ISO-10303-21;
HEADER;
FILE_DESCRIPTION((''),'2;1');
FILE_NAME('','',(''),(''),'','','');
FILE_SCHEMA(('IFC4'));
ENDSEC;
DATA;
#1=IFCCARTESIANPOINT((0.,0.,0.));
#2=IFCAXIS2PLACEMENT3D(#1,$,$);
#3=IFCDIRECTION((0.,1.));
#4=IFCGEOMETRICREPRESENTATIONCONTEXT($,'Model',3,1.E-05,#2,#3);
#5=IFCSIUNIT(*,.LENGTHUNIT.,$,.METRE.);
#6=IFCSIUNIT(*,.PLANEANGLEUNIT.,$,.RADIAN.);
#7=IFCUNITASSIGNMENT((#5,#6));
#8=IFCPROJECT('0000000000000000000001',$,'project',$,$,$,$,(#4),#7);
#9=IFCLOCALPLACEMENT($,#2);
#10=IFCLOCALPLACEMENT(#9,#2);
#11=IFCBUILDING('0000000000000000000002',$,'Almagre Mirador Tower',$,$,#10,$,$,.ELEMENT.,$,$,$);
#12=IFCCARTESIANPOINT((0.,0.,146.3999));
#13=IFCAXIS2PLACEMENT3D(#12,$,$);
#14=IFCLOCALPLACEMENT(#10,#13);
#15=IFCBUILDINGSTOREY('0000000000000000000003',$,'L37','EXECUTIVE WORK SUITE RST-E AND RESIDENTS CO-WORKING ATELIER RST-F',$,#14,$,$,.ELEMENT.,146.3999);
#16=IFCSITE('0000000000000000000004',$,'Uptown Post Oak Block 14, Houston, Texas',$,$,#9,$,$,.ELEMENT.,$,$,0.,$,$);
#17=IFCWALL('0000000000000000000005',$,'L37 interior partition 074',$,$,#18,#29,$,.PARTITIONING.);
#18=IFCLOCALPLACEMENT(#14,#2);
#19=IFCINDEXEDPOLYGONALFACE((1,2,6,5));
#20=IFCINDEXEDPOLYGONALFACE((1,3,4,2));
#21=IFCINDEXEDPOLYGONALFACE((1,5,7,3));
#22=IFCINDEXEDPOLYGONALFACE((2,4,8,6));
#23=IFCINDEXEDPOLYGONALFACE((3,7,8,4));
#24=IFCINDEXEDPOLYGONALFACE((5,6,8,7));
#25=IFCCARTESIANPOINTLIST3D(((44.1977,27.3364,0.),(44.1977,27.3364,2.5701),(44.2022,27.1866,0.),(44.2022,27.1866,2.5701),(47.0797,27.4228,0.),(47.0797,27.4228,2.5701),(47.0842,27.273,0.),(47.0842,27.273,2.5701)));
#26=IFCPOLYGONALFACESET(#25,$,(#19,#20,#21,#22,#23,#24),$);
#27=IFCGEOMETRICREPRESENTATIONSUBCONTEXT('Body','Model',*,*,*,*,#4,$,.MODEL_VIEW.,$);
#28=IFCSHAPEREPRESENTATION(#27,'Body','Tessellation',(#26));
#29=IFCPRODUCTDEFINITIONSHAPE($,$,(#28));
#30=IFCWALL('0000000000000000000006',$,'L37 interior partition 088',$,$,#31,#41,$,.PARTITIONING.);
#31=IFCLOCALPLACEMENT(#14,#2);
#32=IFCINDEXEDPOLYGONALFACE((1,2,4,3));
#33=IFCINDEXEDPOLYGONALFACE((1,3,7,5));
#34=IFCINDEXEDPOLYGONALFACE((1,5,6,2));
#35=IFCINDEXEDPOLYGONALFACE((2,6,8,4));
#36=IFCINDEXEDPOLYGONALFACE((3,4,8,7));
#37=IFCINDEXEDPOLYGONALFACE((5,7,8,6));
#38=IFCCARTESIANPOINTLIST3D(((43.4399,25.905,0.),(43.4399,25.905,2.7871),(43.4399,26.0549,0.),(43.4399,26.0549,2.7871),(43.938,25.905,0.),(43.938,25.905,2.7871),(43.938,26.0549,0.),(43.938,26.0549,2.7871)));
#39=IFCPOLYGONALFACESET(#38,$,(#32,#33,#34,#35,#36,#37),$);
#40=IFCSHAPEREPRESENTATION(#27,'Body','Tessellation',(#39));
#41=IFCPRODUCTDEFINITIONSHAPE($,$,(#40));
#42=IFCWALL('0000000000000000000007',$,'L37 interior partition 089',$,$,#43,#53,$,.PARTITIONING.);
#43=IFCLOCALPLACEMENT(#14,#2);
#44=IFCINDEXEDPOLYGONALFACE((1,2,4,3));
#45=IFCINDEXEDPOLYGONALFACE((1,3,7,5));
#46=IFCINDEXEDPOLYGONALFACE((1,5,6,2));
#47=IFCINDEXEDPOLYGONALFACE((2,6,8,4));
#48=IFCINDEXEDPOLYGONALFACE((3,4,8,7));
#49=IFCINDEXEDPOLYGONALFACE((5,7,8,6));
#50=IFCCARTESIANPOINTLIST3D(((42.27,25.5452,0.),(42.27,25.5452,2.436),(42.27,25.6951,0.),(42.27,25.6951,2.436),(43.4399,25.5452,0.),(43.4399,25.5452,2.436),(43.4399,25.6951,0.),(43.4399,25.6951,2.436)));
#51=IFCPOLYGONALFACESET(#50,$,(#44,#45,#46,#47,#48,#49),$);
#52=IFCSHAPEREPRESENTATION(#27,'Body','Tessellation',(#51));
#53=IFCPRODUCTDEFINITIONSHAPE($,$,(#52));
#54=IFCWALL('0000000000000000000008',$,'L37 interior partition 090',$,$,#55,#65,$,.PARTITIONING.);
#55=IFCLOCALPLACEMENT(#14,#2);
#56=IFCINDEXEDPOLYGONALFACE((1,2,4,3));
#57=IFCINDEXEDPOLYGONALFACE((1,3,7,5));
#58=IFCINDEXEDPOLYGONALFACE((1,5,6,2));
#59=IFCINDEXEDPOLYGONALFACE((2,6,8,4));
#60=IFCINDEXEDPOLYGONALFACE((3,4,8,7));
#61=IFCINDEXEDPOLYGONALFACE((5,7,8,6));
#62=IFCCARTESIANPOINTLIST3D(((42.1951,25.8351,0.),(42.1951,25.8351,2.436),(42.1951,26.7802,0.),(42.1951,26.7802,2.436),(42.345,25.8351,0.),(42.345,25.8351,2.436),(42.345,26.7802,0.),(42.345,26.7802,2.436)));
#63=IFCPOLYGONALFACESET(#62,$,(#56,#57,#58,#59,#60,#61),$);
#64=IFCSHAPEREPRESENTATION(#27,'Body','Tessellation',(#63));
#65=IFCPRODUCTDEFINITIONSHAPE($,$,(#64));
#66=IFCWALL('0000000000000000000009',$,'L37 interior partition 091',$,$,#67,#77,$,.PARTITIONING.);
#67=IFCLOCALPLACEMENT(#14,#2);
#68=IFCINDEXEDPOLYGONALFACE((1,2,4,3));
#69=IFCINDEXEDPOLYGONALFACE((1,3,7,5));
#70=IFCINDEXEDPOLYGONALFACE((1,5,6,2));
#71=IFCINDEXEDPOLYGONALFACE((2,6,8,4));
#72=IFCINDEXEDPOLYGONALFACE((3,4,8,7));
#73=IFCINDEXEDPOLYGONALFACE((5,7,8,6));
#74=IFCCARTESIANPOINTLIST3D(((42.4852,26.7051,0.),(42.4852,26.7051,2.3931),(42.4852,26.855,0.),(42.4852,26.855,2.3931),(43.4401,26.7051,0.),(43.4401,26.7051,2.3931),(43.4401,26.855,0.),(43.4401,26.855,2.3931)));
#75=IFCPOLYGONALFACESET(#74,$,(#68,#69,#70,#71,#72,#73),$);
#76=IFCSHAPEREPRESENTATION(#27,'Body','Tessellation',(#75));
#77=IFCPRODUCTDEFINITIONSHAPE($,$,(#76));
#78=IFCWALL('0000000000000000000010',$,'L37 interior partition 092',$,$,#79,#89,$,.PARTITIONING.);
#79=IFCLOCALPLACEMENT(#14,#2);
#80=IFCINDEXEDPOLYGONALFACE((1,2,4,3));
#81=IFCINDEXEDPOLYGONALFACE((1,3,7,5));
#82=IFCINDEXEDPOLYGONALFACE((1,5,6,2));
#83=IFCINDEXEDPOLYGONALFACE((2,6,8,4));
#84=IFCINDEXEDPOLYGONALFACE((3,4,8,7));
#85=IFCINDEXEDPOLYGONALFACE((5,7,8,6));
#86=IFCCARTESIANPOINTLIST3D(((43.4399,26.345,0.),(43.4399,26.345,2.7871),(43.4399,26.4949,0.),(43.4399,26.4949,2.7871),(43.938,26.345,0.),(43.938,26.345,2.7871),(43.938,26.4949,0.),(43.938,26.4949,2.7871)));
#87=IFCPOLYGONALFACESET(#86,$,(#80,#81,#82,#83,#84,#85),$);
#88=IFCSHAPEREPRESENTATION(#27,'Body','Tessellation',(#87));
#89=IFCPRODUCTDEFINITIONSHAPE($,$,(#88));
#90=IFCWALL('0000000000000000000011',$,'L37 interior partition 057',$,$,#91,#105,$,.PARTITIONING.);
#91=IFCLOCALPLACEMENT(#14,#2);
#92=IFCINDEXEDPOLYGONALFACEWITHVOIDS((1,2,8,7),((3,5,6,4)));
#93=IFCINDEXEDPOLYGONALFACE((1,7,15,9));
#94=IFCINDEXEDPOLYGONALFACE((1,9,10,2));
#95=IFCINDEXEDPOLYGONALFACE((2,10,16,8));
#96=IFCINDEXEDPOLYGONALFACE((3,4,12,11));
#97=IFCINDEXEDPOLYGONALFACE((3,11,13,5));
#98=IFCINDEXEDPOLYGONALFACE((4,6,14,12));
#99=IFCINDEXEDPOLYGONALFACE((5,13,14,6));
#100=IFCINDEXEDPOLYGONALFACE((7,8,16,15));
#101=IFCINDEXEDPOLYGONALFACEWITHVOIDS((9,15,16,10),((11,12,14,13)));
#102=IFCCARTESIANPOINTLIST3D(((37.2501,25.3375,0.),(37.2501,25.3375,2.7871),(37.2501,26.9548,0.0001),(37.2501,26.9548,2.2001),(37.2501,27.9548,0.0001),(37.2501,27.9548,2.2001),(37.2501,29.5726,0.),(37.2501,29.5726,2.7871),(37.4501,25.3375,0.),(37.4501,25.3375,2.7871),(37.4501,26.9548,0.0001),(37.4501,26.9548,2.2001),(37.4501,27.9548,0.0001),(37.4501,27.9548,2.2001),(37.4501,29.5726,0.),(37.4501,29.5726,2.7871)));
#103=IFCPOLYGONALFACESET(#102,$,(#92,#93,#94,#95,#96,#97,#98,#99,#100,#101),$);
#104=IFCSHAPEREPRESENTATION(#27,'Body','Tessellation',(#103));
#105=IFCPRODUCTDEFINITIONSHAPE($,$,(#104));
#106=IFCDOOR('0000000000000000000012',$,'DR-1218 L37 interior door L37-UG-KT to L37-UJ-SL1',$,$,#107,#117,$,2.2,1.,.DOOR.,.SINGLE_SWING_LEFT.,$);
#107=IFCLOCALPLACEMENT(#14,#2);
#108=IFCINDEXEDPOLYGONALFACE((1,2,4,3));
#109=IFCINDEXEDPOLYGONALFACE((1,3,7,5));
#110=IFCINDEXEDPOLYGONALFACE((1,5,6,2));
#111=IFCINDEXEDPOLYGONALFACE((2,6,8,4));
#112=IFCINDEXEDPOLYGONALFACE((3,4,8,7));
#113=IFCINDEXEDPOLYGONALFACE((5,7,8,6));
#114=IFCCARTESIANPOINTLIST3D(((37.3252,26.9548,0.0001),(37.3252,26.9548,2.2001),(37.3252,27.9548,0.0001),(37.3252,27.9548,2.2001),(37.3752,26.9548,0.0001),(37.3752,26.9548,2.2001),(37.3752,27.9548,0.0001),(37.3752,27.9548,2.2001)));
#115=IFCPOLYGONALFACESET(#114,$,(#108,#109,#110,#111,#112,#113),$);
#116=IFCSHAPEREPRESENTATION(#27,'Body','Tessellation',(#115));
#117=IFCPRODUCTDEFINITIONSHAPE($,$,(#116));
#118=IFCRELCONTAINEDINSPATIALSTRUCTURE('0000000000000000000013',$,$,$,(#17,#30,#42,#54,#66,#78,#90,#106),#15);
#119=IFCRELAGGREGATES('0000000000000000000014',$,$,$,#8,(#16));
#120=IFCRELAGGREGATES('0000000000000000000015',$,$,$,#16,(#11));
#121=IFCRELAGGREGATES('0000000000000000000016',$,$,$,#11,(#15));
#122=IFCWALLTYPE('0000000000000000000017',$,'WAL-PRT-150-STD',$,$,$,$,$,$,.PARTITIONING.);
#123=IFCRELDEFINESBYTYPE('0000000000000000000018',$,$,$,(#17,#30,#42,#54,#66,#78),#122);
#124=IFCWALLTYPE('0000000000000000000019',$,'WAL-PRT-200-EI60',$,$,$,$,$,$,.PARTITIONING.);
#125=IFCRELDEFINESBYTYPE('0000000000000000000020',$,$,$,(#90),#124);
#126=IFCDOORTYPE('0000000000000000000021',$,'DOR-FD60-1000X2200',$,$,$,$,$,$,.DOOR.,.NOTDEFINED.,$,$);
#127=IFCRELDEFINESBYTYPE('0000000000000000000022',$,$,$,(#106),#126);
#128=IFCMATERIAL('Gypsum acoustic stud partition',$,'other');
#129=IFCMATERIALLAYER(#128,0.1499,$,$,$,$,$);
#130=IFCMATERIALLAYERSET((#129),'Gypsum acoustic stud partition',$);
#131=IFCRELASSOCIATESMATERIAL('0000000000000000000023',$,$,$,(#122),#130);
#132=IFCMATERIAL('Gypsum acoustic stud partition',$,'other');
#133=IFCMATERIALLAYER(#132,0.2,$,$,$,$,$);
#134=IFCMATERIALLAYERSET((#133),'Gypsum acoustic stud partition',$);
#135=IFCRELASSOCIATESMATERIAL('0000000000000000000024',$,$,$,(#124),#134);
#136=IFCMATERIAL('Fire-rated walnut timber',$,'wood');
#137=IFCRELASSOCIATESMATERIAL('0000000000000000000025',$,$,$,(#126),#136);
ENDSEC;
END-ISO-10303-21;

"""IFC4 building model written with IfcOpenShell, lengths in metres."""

from ifc_helpers import new_model, si_unit, direction, frame, frame_2d, origin, place, context, subcontext, project, spatial, rectangle, extrude, material, layer, layer_set, type_object, element, fill, save


model = new_model("IFC4")

# Units and contexts
model_context = context("Model", 3, precision=1e-05, world=origin(), true_north=direction((0.0, 1.0)))
body_context = subcontext(model_context, "Body", "Model", "MODEL_VIEW")
ifc_project = project(units=[si_unit("LENGTHUNIT", "METRE"), si_unit("PLANEANGLEUNIT", "RADIAN")], contexts=[model_context])

# Site, building, storey
site_placement = place(None, origin())
site = spatial("IfcSite", under=ifc_project, at=site_placement, Name="Uptown Post Oak Block 14, Houston, Texas", CompositionType="ELEMENT", RefElevation=0.0)
building_placement = place(site_placement, origin())
building = spatial("IfcBuilding", under=site, at=building_placement, Name="Almagre Mirador Tower", CompositionType="ELEMENT")
storey_placement = place(building_placement, frame((0.0, 0.0, 146.3999)))
storey = spatial("IfcBuildingStorey", under=building, at=storey_placement, Name="L37", Description="EXECUTIVE WORK SUITE RST-E AND RESIDENTS CO-WORKING ATELIER RST-F", CompositionType="ELEMENT", Elevation=146.3999)

# Shared definitions
ifc_material_1 = material(Name="Gypsum acoustic stud partition", Category="other")
ifc_layer_1 = layer(ifc_material_1, 0.1499)
ifc_layer_set_1 = layer_set([ifc_layer_1], Name="Gypsum acoustic stud partition")
wall_type_1 = type_object("IfcWallType", Name="WAL-PRT-150-STD", PredefinedType="PARTITIONING", material=ifc_layer_set_1)

# Walls
wall_1_placement = place(storey_placement, frame((44.2, 27.2615, 0.0), z_axis=(0.0, 0.0, 1.0), x_axis=(0.999551, 0.029974, 0.0)))
element("IfcWall", 1, at=wall_1_placement, inside=storey, type_object=wall_type_1, Name="L37 interior partition 074", PredefinedType="PARTITIONING", context=body_context, shape_type="SweptSolid", body=[
    extrude(rectangle(XDim=2.8833, YDim=0.1499, at=frame_2d((1.4417, 0.0))), origin(), (0.0, 0.0, 1.0), 2.5701),
])
wall_2_placement = place(storey_placement, frame((43.938, 25.98, 0.0), z_axis=(0.0, 0.0, 1.0), x_axis=(-1.0, 0.0, 0.0)))
element("IfcWall", 2, at=wall_2_placement, inside=storey, type_object=wall_type_1, Name="L37 interior partition 088", PredefinedType="PARTITIONING", context=body_context, shape_type="SweptSolid", body=[
    extrude(rectangle(XDim=0.498, YDim=0.1499, at=frame_2d((0.249, 0.0))), origin(), (0.0, 0.0, 1.0), 2.7871),
])
wall_3_placement = place(storey_placement, frame((43.4399, 25.6201, 0.0), z_axis=(0.0, 0.0, 1.0), x_axis=(-1.0, 0.0, 0.0)))
element("IfcWall", 3, at=wall_3_placement, inside=storey, type_object=wall_type_1, Name="L37 interior partition 089", PredefinedType="PARTITIONING", context=body_context, shape_type="SweptSolid", body=[
    extrude(rectangle(XDim=1.1699, YDim=0.1499, at=frame_2d((0.585, 0.0))), origin(), (0.0, 0.0, 1.0), 2.436),
])
wall_4_placement = place(storey_placement, frame((42.27, 25.835, 0.0), z_axis=(0.0, 0.0, 1.0), x_axis=(0.0, 1.0, 0.0)))
element("IfcWall", 4, at=wall_4_placement, inside=storey, type_object=wall_type_1, Name="L37 interior partition 090", PredefinedType="PARTITIONING", context=body_context, shape_type="SweptSolid", body=[
    extrude(rectangle(XDim=0.9451, YDim=0.1499, at=frame_2d((0.4727, 0.0))), origin(), (0.0, 0.0, 1.0), 2.436),
])
wall_5_placement = place(storey_placement, frame((42.4851, 26.78, 0.0), z_axis=(0.0, 0.0, 1.0), x_axis=(1.0, 0.0, 0.0)))
element("IfcWall", 5, at=wall_5_placement, inside=storey, type_object=wall_type_1, Name="L37 interior partition 091", PredefinedType="PARTITIONING", context=body_context, shape_type="SweptSolid", body=[
    extrude(rectangle(XDim=0.9548, YDim=0.1499, at=frame_2d((0.4775, 0.0))), origin(), (0.0, 0.0, 1.0), 2.3931),
])
wall_6_placement = place(storey_placement, frame((43.4399, 26.4199, 0.0), z_axis=(0.0, 0.0, 1.0), x_axis=(1.0, 0.0, 0.0)))
element("IfcWall", 6, at=wall_6_placement, inside=storey, type_object=wall_type_1, Name="L37 interior partition 092", PredefinedType="PARTITIONING", context=body_context, shape_type="SweptSolid", body=[
    extrude(rectangle(XDim=0.498, YDim=0.1499, at=frame_2d((0.249, 0.0))), origin(), (0.0, 0.0, 1.0), 2.7871),
])

# Wall, opening, door
ifc_material_2 = material(Name="Gypsum acoustic stud partition", Category="other")
ifc_layer_2 = layer(ifc_material_2, 0.2)
ifc_layer_set_2 = layer_set([ifc_layer_2], Name="Gypsum acoustic stud partition")
wall_type_2 = type_object("IfcWallType", Name="WAL-PRT-200-EI60", PredefinedType="PARTITIONING", material=ifc_layer_set_2)
wall_7_placement = place(storey_placement, frame((37.3501, 25.3374, 0.0), z_axis=(0.0, 0.0, 1.0), x_axis=(0.0, 1.0, 0.0)))
wall_7 = element("IfcWall", 7, at=wall_7_placement, inside=storey, type_object=wall_type_2, Name="L37 interior partition 057", PredefinedType="PARTITIONING", context=body_context, shape_type="SweptSolid", body=[
    extrude(rectangle(XDim=4.2351, YDim=0.2, at=frame_2d((2.1177, 0.0))), origin(), (0.0, 0.0, 1.0), 2.7871),
])
opening_1_placement = place(wall_7_placement, frame((1.6174, 0.0, 0.0)))
opening_1 = element("IfcOpeningElement", 8, at=opening_1_placement, cuts=wall_7, PredefinedType="OPENING", context=body_context, shape_type="SweptSolid", body=[
    extrude(rectangle(XDim=1.0, YDim=2.2, at=frame_2d((0.5, 1.1001))), frame((0.0, 0.1101, 0.0), z_axis=(0.0, -1.0, 0.0), x_axis=(1.0, 0.0, 0.0)), (0.0, 0.0, 1.0), 0.22),
])
ifc_material_3 = material(Name="Fire-rated walnut timber", Category="wood")
door_type_1 = type_object("IfcDoorType", Name="DOR-FD60-1000X2200", OperationType="NOTDEFINED", PredefinedType="DOOR", material=ifc_material_3)
door_1_placement = place(opening_1_placement, origin())
door_1 = element("IfcDoor", 9, at=door_1_placement, inside=storey, type_object=door_type_1, Name="DR-1218 L37 interior door L37-UG-KT to L37-UJ-SL1", OperationType="SINGLE_SWING_LEFT", OverallHeight=2.2, OverallWidth=1.0, PredefinedType="DOOR", context=body_context, shape_type="SweptSolid", body=[
    extrude(rectangle(XDim=1.0, YDim=2.2, at=frame_2d((0.5, 1.1001))), frame((0.0, 0.0249, 0.0), z_axis=(0.0, -1.0, 0.0), x_axis=(1.0, 0.0, 0.0)), (0.0, 0.0, 1.0), 0.05),
])
fill(opening_1, door_1)

save(model, "model.ifc")
